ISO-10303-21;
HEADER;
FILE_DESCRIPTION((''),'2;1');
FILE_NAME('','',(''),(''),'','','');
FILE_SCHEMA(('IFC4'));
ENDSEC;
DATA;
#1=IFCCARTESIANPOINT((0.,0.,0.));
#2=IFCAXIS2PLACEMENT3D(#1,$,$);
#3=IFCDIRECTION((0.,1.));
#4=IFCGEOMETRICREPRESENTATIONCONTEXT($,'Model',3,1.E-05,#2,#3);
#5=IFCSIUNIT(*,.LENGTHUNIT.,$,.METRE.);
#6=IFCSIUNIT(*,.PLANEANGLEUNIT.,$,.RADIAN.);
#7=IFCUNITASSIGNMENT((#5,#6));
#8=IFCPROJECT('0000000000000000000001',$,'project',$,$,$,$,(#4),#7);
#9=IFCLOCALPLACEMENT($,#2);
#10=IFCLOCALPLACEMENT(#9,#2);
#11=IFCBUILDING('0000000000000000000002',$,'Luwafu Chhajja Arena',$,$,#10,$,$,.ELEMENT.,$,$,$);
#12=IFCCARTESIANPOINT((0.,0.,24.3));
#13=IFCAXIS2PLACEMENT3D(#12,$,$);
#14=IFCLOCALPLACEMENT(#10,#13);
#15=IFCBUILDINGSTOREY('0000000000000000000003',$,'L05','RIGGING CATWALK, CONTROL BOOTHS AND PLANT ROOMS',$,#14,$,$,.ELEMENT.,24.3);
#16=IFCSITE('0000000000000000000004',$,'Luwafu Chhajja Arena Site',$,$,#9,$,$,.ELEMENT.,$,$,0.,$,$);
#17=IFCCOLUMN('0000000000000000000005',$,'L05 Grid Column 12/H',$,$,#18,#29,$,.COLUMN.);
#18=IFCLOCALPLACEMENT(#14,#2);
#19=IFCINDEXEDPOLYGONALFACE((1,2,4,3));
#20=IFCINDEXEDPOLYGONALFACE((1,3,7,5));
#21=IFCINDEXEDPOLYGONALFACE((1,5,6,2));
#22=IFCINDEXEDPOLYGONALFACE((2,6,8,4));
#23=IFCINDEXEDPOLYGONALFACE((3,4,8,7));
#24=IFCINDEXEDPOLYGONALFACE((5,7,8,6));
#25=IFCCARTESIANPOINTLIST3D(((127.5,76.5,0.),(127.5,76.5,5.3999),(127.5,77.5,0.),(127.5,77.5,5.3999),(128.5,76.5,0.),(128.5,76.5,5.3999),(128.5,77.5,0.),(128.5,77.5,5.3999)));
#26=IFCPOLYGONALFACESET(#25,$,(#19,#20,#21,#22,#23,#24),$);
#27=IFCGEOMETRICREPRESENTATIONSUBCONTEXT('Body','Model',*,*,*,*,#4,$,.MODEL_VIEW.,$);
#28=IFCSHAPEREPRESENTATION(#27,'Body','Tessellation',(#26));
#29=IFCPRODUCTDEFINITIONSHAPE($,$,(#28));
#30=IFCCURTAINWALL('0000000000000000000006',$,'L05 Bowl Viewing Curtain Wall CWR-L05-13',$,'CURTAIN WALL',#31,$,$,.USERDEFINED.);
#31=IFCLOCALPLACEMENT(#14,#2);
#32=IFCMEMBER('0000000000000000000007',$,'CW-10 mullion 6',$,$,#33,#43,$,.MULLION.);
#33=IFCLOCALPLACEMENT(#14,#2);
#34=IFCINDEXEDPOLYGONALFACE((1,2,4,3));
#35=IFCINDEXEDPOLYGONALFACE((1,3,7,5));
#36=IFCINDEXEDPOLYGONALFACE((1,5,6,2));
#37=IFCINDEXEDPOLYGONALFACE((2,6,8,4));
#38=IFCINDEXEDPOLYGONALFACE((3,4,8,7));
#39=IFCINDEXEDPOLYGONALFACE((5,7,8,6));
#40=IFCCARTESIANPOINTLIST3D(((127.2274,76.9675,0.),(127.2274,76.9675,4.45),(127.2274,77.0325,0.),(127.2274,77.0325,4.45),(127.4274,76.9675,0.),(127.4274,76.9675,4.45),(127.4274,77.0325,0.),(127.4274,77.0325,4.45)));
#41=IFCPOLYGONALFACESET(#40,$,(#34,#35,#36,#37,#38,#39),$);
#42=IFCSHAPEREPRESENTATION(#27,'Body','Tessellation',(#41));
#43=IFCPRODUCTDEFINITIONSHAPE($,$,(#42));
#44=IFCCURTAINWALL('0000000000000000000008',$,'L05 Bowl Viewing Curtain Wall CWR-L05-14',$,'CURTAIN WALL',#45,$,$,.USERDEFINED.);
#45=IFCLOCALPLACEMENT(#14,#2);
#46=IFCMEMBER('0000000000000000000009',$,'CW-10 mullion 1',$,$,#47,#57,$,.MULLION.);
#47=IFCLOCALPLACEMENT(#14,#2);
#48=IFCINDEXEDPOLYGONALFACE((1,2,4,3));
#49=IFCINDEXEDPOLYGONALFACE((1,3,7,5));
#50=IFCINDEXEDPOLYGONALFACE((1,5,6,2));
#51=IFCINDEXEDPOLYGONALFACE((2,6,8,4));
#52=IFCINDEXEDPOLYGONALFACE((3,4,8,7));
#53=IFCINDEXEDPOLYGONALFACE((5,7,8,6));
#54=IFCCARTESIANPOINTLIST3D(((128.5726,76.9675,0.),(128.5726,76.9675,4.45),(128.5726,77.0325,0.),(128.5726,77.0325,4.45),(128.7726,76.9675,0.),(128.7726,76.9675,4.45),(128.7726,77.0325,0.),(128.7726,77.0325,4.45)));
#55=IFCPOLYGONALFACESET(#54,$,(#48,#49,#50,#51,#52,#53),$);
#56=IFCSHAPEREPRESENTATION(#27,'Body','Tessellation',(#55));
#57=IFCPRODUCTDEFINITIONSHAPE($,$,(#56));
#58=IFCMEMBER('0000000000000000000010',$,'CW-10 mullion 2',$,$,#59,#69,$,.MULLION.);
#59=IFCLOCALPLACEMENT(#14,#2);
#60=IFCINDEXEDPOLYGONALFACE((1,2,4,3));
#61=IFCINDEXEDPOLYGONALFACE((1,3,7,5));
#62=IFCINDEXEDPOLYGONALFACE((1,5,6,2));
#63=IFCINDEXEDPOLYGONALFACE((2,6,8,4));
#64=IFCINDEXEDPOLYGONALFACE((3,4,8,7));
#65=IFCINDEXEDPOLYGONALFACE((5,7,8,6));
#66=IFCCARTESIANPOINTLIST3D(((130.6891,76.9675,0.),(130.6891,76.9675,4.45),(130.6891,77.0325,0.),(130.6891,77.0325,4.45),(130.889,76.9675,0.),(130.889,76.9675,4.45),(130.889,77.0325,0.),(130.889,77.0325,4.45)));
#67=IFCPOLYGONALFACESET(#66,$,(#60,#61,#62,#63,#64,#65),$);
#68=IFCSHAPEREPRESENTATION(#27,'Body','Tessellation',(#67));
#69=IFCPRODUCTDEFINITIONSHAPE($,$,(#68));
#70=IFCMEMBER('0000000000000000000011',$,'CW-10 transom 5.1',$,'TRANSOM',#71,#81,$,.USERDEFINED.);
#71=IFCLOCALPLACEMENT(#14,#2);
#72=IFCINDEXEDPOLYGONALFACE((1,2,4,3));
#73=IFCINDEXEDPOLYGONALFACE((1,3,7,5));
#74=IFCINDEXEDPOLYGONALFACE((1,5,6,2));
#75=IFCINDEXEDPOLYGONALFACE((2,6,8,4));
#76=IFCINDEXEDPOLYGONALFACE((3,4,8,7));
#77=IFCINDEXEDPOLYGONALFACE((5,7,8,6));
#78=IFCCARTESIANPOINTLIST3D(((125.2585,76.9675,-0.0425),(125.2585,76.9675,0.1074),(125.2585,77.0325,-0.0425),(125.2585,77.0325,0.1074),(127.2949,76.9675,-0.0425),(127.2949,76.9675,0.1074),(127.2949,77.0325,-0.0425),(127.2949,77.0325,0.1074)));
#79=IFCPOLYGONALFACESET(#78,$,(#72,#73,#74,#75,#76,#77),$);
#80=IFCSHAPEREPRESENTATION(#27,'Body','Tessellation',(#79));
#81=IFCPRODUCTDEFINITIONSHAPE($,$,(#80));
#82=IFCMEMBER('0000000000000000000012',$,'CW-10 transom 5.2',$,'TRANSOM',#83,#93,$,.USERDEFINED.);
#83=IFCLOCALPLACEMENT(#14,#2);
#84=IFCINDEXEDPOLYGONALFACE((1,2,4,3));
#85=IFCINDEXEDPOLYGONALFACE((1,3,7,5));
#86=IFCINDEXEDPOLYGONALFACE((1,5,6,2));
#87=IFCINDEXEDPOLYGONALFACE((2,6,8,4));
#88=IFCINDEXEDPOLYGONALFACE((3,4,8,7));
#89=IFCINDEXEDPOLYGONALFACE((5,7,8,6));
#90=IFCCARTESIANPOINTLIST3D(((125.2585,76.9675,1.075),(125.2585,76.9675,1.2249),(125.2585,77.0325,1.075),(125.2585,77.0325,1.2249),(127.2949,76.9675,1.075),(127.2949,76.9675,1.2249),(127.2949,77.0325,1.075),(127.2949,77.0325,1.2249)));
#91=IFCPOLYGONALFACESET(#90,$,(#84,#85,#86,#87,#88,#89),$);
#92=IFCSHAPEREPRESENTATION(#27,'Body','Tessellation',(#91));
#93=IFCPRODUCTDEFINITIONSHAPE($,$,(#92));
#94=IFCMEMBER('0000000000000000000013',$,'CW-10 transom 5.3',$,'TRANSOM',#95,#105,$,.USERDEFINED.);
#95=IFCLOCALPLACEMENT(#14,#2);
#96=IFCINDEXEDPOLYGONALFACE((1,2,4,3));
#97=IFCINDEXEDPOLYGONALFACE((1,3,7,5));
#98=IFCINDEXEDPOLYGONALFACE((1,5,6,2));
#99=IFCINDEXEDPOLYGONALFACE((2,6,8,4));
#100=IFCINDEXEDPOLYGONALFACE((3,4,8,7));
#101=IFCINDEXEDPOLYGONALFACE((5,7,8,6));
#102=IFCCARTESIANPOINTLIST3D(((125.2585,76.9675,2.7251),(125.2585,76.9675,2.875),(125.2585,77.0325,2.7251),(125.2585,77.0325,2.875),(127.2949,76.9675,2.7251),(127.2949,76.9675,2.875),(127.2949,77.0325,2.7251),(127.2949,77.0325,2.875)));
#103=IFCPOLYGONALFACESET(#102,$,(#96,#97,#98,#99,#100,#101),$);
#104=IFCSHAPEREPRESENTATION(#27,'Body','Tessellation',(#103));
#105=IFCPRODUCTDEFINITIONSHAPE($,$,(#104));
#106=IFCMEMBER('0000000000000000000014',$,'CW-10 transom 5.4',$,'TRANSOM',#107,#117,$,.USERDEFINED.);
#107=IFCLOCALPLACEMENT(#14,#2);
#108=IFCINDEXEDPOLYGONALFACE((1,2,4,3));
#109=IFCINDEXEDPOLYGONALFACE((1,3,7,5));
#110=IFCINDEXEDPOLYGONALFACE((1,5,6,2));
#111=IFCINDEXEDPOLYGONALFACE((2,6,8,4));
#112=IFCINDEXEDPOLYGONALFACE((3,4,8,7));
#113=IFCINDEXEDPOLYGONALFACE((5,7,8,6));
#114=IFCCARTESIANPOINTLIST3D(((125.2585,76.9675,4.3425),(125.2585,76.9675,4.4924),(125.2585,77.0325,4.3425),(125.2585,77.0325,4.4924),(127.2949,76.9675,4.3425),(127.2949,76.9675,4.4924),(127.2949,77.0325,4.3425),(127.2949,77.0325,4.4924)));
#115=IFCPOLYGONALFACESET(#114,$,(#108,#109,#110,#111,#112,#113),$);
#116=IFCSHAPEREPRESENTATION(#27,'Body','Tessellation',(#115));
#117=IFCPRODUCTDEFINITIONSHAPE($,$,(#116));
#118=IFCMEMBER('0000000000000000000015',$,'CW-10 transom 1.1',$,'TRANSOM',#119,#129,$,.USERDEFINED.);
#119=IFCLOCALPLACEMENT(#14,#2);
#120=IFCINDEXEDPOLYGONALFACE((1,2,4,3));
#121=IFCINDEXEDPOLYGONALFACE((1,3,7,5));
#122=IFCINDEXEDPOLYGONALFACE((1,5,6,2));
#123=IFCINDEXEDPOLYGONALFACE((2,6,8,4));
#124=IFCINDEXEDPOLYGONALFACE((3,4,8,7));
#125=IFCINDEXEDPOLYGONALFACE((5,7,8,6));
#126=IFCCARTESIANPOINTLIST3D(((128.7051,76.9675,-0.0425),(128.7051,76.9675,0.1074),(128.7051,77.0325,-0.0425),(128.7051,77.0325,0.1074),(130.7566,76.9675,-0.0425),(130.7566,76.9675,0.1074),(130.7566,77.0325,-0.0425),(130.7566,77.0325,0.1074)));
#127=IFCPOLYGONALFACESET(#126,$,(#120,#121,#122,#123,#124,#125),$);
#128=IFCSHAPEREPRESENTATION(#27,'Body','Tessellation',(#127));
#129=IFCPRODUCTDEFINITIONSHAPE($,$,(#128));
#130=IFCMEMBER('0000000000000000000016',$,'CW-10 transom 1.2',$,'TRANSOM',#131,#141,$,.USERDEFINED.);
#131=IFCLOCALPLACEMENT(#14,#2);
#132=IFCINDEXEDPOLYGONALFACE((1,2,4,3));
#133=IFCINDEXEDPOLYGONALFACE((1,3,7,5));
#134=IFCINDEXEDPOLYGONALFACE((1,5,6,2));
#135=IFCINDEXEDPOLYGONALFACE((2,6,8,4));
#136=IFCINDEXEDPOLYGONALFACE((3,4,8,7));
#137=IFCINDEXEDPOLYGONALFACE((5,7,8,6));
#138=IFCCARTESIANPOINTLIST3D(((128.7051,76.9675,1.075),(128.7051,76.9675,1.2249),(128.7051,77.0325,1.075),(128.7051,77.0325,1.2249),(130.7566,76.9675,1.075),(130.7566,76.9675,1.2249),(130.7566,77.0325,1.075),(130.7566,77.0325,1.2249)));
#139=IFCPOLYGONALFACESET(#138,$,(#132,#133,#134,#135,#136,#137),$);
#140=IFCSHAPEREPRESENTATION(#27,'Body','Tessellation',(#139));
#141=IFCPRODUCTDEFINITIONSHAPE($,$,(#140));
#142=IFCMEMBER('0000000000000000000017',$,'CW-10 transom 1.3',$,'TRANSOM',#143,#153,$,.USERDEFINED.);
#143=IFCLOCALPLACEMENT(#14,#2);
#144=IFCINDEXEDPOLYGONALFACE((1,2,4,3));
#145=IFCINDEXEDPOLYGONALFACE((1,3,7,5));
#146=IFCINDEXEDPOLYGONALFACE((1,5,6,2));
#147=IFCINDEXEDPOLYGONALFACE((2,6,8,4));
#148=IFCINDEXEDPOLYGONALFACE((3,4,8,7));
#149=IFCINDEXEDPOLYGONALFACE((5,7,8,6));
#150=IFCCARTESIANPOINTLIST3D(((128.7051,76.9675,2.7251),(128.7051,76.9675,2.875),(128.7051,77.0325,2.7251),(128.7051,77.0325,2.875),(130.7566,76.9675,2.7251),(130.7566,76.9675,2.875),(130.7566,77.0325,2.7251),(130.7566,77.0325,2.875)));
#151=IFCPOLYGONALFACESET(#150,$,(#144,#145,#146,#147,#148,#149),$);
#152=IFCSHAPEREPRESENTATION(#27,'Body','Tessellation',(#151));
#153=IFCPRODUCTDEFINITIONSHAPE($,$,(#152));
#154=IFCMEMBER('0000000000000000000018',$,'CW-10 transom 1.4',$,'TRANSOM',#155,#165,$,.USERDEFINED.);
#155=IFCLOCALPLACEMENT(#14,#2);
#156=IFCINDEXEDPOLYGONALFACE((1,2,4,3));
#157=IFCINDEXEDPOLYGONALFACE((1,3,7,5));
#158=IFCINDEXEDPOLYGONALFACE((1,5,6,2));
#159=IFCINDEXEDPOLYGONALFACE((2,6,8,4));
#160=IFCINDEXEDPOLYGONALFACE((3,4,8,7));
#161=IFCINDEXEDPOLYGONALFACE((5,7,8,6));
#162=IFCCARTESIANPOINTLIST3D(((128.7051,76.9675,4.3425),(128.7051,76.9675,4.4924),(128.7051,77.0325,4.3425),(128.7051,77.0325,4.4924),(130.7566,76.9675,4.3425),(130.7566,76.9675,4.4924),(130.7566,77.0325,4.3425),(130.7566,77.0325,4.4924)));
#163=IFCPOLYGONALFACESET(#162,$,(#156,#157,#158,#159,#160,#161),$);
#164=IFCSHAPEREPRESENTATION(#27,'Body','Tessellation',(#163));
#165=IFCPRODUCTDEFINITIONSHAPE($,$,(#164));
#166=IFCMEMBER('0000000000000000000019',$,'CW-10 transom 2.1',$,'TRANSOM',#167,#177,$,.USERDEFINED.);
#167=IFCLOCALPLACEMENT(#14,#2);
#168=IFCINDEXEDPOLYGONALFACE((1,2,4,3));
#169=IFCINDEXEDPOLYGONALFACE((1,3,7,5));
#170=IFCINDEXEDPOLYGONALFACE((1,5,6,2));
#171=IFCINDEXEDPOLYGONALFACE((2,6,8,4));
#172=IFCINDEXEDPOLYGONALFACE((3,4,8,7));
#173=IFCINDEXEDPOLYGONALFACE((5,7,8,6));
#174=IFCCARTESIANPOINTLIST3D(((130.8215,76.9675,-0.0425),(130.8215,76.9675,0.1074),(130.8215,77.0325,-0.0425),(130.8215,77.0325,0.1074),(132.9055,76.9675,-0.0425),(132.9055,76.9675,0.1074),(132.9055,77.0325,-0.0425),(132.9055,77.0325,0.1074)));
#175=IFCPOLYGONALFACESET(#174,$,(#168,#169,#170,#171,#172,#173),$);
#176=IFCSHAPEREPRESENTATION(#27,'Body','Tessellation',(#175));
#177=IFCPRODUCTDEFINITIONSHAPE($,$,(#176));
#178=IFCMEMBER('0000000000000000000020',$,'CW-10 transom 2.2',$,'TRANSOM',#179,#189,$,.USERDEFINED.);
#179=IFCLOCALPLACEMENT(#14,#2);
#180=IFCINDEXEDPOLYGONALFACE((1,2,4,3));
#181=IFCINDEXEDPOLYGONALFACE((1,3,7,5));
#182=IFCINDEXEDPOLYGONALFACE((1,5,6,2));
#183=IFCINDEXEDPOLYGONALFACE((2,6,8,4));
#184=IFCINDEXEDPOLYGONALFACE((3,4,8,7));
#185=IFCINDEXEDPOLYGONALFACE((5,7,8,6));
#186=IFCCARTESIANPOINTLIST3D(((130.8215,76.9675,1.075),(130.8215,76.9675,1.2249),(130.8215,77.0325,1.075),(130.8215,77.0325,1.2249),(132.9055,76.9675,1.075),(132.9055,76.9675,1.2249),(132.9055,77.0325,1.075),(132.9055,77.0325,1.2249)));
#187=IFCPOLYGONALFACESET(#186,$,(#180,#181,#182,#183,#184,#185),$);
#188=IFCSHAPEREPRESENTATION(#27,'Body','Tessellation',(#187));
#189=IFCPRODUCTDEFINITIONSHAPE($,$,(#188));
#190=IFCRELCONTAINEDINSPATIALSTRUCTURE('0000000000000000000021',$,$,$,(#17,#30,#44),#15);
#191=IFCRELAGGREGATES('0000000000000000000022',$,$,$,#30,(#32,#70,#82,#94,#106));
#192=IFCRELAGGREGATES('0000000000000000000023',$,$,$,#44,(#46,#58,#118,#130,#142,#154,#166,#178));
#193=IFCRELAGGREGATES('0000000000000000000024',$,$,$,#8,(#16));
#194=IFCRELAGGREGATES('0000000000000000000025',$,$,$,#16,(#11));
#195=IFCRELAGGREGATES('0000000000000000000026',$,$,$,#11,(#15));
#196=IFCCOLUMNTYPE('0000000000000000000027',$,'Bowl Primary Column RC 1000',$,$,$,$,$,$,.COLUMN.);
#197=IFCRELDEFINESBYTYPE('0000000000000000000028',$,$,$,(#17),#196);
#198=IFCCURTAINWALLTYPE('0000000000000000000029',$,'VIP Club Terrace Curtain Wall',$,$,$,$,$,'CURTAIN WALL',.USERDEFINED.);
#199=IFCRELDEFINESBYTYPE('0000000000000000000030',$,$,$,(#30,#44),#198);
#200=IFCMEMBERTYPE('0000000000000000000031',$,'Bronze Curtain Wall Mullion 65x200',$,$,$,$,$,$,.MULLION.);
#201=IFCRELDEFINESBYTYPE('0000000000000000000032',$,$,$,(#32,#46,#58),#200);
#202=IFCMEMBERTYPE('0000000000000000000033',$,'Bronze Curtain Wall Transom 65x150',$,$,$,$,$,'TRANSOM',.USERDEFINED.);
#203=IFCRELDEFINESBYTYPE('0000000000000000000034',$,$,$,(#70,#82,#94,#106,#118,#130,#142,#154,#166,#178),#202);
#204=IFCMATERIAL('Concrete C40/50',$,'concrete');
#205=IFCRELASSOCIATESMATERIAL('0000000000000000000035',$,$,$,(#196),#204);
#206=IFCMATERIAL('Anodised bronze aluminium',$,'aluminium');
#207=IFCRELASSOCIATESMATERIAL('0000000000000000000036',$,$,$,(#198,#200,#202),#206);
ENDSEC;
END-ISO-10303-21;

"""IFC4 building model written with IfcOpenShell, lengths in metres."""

from ifc_helpers import new_model, si_unit, direction, frame, origin, origin_2d, place, context, subcontext, project, spatial, rectangle, extrude, material, material_profile, profile_set, type_object, element, aggregate, save


model = new_model("IFC4")

# Units and contexts
model_context = context("Model", 3, precision=1e-05, world=origin(), true_north=direction((0.0, 1.0)))
body_context = subcontext(model_context, "Body", "Model", "MODEL_VIEW")
ifc_project = project(units=[si_unit("LENGTHUNIT", "METRE"), si_unit("PLANEANGLEUNIT", "RADIAN")], contexts=[model_context])

# Site, building, storey
site_placement = place(None, origin())
site = spatial("IfcSite", under=ifc_project, at=site_placement, Name="Luwafu Chhajja Arena Site", CompositionType="ELEMENT", RefElevation=0.0)
building_placement = place(site_placement, origin())
building = spatial("IfcBuilding", under=site, at=building_placement, Name="Luwafu Chhajja Arena", CompositionType="ELEMENT")
storey_placement = place(building_placement, frame((0.0, 0.0, 24.3)))
storey = spatial("IfcBuildingStorey", under=building, at=storey_placement, Name="L05", Description="RIGGING CATWALK, CONTROL BOOTHS AND PLANT ROOMS", CompositionType="ELEMENT", Elevation=24.3)

# Column
ifc_material_1 = material(Name="Concrete C40/50", Category="concrete")
ifc_material_profile_1 = material_profile(ifc_material_1, rectangle(XDim=1.0, YDim=1.0, at=origin_2d()), Name="RC 1000x1000")
ifc_profile_set_1 = profile_set([ifc_material_profile_1], Name="Concrete C40/50")
column_type = type_object("IfcColumnType", Name="Bowl Primary Column RC 1000", PredefinedType="COLUMN", material=ifc_profile_set_1)
column_placement = place(storey_placement, frame((128.0, 77.0, 0.0), z_axis=(0.0, 0.0, 1.0), x_axis=(1.0, 0.0, 0.0)))
element("IfcColumn", 1, at=column_placement, inside=storey, type_object=column_type, Name="L05 Grid Column 12/H", PredefinedType="COLUMN", context=body_context, shape_type="SweptSolid", body=[
    extrude(rectangle(XDim=1.0, YDim=1.0, at=origin_2d()), origin(), (0.0, 0.0, 1.0), 5.3999),
])

# Curtain wall, member
ifc_material_2 = material(Name="Anodised bronze aluminium", Category="aluminium")
curtain_wall_type = type_object("IfcCurtainWallType", Name="VIP Club Terrace Curtain Wall", ElementType="CURTAIN WALL", PredefinedType="USERDEFINED", material=ifc_material_2)
curtain_wall_1_placement = place(storey_placement, origin())
curtain_wall_1 = element("IfcCurtainWall", 2, at=curtain_wall_1_placement, inside=storey, type_object=curtain_wall_type, Name="L05 Bowl Viewing Curtain Wall CWR-L05-13", ObjectType="CURTAIN WALL", PredefinedType="USERDEFINED")
ifc_material_profile_2 = material_profile(ifc_material_2, rectangle(XDim=0.0649, YDim=0.2, at=origin_2d()), Name="CWM 65x200")
ifc_profile_set_2 = profile_set([ifc_material_profile_2], Name="Anodised bronze aluminium")
member_type_1 = type_object("IfcMemberType", Name="Bronze Curtain Wall Mullion 65x200", PredefinedType="MULLION", material=ifc_profile_set_2)
member_1_placement = place(storey_placement, frame((127.3274, 77.0, 0.0), z_axis=(0.0, 0.0, 1.0), x_axis=(0.0, 1.0, 0.0)))
member_1 = element("IfcMember", 3, at=member_1_placement, type_object=member_type_1, Name="CW-10 mullion 6", PredefinedType="MULLION", context=body_context, shape_type="SweptSolid", body=[
    extrude(rectangle(XDim=0.0649, YDim=0.2, at=origin_2d()), origin(), (0.0, 0.0, 1.0), 4.45),
])

# Curtain wall, members
curtain_wall_2_placement = place(storey_placement, origin())
curtain_wall_2 = element("IfcCurtainWall", 4, at=curtain_wall_2_placement, inside=storey, type_object=curtain_wall_type, Name="L05 Bowl Viewing Curtain Wall CWR-L05-14", ObjectType="CURTAIN WALL", PredefinedType="USERDEFINED")
member_2_placement = place(storey_placement, frame((128.6726, 77.0, 0.0), z_axis=(0.0, 0.0, 1.0), x_axis=(0.0, 1.0, 0.0)))
member_2 = element("IfcMember", 5, at=member_2_placement, type_object=member_type_1, Name="CW-10 mullion 1", PredefinedType="MULLION", context=body_context, shape_type="SweptSolid", body=[
    extrude(rectangle(XDim=0.0649, YDim=0.2, at=origin_2d()), origin(), (0.0, 0.0, 1.0), 4.45),
])
member_3_placement = place(storey_placement, frame((130.7891, 77.0, 0.0), z_axis=(0.0, 0.0, 1.0), x_axis=(0.0, 1.0, 0.0)))
member_3 = element("IfcMember", 6, at=member_3_placement, type_object=member_type_1, Name="CW-10 mullion 2", PredefinedType="MULLION", context=body_context, shape_type="SweptSolid", body=[
    extrude(rectangle(XDim=0.0649, YDim=0.2, at=origin_2d()), origin(), (0.0, 0.0, 1.0), 4.45),
])

# Members
ifc_material_profile_3 = material_profile(ifc_material_2, rectangle(XDim=0.0649, YDim=0.1499, at=origin_2d()), Name="CWT 65x150")
ifc_profile_set_3 = profile_set([ifc_material_profile_3], Name="Anodised bronze aluminium")
member_type_2 = type_object("IfcMemberType", Name="Bronze Curtain Wall Transom 65x150", ElementType="TRANSOM", PredefinedType="USERDEFINED", material=ifc_profile_set_3)
member_4_placement = place(storey_placement, frame((125.2585, 77.0, 0.0325), z_axis=(1.0, 0.0, 0.0), x_axis=(0.0, 1.0, 0.0)))
member_4 = element("IfcMember", 7, at=member_4_placement, type_object=member_type_2, Name="CW-10 transom 5.1", ObjectType="TRANSOM", PredefinedType="USERDEFINED", context=body_context, shape_type="SweptSolid", body=[
    extrude(rectangle(XDim=0.0649, YDim=0.1499, at=origin_2d()), origin(), (0.0, 0.0, 1.0), 2.0364),
])
member_5_placement = place(storey_placement, frame((125.2585, 77.0, 1.1499), z_axis=(1.0, 0.0, 0.0), x_axis=(0.0, 1.0, 0.0)))
member_5 = element("IfcMember", 8, at=member_5_placement, type_object=member_type_2, Name="CW-10 transom 5.2", ObjectType="TRANSOM", PredefinedType="USERDEFINED", context=body_context, shape_type="SweptSolid", body=[
    extrude(rectangle(XDim=0.0649, YDim=0.1499, at=origin_2d()), origin(), (0.0, 0.0, 1.0), 2.0364),
])
member_6_placement = place(storey_placement, frame((125.2585, 77.0, 2.8), z_axis=(1.0, 0.0, 0.0), x_axis=(0.0, 1.0, 0.0)))
member_6 = element("IfcMember", 9, at=member_6_placement, type_object=member_type_2, Name="CW-10 transom 5.3", ObjectType="TRANSOM", PredefinedType="USERDEFINED", context=body_context, shape_type="SweptSolid", body=[
    extrude(rectangle(XDim=0.0649, YDim=0.1499, at=origin_2d()), origin(), (0.0, 0.0, 1.0), 2.0364),
])
member_7_placement = place(storey_placement, frame((125.2585, 77.0, 4.4175), z_axis=(1.0, 0.0, 0.0), x_axis=(0.0, 1.0, 0.0)))
member_7 = element("IfcMember", 10, at=member_7_placement, type_object=member_type_2, Name="CW-10 transom 5.4", ObjectType="TRANSOM", PredefinedType="USERDEFINED", context=body_context, shape_type="SweptSolid", body=[
    extrude(rectangle(XDim=0.0649, YDim=0.1499, at=origin_2d()), origin(), (0.0, 0.0, 1.0), 2.0364),
])
member_8_placement = place(storey_placement, frame((128.7051, 77.0, 0.0325), z_axis=(1.0, 0.0, 0.0), x_axis=(0.0, 1.0, 0.0)))
member_8 = element("IfcMember", 11, at=member_8_placement, type_object=member_type_2, Name="CW-10 transom 1.1", ObjectType="TRANSOM", PredefinedType="USERDEFINED", context=body_context, shape_type="SweptSolid", body=[
    extrude(rectangle(XDim=0.0649, YDim=0.1499, at=origin_2d()), origin(), (0.0, 0.0, 1.0), 2.0515),
])
member_9_placement = place(storey_placement, frame((128.7051, 77.0, 1.1499), z_axis=(1.0, 0.0, 0.0), x_axis=(0.0, 1.0, 0.0)))
member_9 = element("IfcMember", 12, at=member_9_placement, type_object=member_type_2, Name="CW-10 transom 1.2", ObjectType="TRANSOM", PredefinedType="USERDEFINED", context=body_context, shape_type="SweptSolid", body=[
    extrude(rectangle(XDim=0.0649, YDim=0.1499, at=origin_2d()), origin(), (0.0, 0.0, 1.0), 2.0515),
])
member_10_placement = place(storey_placement, frame((128.7051, 77.0, 2.8), z_axis=(1.0, 0.0, 0.0), x_axis=(0.0, 1.0, 0.0)))
member_10 = element("IfcMember", 13, at=member_10_placement, type_object=member_type_2, Name="CW-10 transom 1.3", ObjectType="TRANSOM", PredefinedType="USERDEFINED", context=body_context, shape_type="SweptSolid", body=[
    extrude(rectangle(XDim=0.0649, YDim=0.1499, at=origin_2d()), origin(), (0.0, 0.0, 1.0), 2.0515),
])
member_11_placement = place(storey_placement, frame((128.7051, 77.0, 4.4175), z_axis=(1.0, 0.0, 0.0), x_axis=(0.0, 1.0, 0.0)))
member_11 = element("IfcMember", 14, at=member_11_placement, type_object=member_type_2, Name="CW-10 transom 1.4", ObjectType="TRANSOM", PredefinedType="USERDEFINED", context=body_context, shape_type="SweptSolid", body=[
    extrude(rectangle(XDim=0.0649, YDim=0.1499, at=origin_2d()), origin(), (0.0, 0.0, 1.0), 2.0515),
])
member_12_placement = place(storey_placement, frame((130.8215, 77.0, 0.0325), z_axis=(1.0, 0.0, 0.0), x_axis=(0.0, 1.0, 0.0)))
member_12 = element("IfcMember", 15, at=member_12_placement, type_object=member_type_2, Name="CW-10 transom 2.1", ObjectType="TRANSOM", PredefinedType="USERDEFINED", context=body_context, shape_type="SweptSolid", body=[
    extrude(rectangle(XDim=0.0649, YDim=0.1499, at=origin_2d()), origin(), (0.0, 0.0, 1.0), 2.084),
])
member_13_placement = place(storey_placement, frame((130.8215, 77.0, 1.1499), z_axis=(1.0, 0.0, 0.0), x_axis=(0.0, 1.0, 0.0)))
member_13 = element("IfcMember", 16, at=member_13_placement, type_object=member_type_2, Name="CW-10 transom 2.2", ObjectType="TRANSOM", PredefinedType="USERDEFINED", context=body_context, shape_type="SweptSolid", body=[
    extrude(rectangle(XDim=0.0649, YDim=0.1499, at=origin_2d()), origin(), (0.0, 0.0, 1.0), 2.084),
])

aggregate(curtain_wall_1, [member_1, member_4, member_5, member_6, member_7])
aggregate(curtain_wall_2, [member_2, member_3, member_8, member_9, member_10, member_11, member_12, member_13])

save(model, "model.ifc")
